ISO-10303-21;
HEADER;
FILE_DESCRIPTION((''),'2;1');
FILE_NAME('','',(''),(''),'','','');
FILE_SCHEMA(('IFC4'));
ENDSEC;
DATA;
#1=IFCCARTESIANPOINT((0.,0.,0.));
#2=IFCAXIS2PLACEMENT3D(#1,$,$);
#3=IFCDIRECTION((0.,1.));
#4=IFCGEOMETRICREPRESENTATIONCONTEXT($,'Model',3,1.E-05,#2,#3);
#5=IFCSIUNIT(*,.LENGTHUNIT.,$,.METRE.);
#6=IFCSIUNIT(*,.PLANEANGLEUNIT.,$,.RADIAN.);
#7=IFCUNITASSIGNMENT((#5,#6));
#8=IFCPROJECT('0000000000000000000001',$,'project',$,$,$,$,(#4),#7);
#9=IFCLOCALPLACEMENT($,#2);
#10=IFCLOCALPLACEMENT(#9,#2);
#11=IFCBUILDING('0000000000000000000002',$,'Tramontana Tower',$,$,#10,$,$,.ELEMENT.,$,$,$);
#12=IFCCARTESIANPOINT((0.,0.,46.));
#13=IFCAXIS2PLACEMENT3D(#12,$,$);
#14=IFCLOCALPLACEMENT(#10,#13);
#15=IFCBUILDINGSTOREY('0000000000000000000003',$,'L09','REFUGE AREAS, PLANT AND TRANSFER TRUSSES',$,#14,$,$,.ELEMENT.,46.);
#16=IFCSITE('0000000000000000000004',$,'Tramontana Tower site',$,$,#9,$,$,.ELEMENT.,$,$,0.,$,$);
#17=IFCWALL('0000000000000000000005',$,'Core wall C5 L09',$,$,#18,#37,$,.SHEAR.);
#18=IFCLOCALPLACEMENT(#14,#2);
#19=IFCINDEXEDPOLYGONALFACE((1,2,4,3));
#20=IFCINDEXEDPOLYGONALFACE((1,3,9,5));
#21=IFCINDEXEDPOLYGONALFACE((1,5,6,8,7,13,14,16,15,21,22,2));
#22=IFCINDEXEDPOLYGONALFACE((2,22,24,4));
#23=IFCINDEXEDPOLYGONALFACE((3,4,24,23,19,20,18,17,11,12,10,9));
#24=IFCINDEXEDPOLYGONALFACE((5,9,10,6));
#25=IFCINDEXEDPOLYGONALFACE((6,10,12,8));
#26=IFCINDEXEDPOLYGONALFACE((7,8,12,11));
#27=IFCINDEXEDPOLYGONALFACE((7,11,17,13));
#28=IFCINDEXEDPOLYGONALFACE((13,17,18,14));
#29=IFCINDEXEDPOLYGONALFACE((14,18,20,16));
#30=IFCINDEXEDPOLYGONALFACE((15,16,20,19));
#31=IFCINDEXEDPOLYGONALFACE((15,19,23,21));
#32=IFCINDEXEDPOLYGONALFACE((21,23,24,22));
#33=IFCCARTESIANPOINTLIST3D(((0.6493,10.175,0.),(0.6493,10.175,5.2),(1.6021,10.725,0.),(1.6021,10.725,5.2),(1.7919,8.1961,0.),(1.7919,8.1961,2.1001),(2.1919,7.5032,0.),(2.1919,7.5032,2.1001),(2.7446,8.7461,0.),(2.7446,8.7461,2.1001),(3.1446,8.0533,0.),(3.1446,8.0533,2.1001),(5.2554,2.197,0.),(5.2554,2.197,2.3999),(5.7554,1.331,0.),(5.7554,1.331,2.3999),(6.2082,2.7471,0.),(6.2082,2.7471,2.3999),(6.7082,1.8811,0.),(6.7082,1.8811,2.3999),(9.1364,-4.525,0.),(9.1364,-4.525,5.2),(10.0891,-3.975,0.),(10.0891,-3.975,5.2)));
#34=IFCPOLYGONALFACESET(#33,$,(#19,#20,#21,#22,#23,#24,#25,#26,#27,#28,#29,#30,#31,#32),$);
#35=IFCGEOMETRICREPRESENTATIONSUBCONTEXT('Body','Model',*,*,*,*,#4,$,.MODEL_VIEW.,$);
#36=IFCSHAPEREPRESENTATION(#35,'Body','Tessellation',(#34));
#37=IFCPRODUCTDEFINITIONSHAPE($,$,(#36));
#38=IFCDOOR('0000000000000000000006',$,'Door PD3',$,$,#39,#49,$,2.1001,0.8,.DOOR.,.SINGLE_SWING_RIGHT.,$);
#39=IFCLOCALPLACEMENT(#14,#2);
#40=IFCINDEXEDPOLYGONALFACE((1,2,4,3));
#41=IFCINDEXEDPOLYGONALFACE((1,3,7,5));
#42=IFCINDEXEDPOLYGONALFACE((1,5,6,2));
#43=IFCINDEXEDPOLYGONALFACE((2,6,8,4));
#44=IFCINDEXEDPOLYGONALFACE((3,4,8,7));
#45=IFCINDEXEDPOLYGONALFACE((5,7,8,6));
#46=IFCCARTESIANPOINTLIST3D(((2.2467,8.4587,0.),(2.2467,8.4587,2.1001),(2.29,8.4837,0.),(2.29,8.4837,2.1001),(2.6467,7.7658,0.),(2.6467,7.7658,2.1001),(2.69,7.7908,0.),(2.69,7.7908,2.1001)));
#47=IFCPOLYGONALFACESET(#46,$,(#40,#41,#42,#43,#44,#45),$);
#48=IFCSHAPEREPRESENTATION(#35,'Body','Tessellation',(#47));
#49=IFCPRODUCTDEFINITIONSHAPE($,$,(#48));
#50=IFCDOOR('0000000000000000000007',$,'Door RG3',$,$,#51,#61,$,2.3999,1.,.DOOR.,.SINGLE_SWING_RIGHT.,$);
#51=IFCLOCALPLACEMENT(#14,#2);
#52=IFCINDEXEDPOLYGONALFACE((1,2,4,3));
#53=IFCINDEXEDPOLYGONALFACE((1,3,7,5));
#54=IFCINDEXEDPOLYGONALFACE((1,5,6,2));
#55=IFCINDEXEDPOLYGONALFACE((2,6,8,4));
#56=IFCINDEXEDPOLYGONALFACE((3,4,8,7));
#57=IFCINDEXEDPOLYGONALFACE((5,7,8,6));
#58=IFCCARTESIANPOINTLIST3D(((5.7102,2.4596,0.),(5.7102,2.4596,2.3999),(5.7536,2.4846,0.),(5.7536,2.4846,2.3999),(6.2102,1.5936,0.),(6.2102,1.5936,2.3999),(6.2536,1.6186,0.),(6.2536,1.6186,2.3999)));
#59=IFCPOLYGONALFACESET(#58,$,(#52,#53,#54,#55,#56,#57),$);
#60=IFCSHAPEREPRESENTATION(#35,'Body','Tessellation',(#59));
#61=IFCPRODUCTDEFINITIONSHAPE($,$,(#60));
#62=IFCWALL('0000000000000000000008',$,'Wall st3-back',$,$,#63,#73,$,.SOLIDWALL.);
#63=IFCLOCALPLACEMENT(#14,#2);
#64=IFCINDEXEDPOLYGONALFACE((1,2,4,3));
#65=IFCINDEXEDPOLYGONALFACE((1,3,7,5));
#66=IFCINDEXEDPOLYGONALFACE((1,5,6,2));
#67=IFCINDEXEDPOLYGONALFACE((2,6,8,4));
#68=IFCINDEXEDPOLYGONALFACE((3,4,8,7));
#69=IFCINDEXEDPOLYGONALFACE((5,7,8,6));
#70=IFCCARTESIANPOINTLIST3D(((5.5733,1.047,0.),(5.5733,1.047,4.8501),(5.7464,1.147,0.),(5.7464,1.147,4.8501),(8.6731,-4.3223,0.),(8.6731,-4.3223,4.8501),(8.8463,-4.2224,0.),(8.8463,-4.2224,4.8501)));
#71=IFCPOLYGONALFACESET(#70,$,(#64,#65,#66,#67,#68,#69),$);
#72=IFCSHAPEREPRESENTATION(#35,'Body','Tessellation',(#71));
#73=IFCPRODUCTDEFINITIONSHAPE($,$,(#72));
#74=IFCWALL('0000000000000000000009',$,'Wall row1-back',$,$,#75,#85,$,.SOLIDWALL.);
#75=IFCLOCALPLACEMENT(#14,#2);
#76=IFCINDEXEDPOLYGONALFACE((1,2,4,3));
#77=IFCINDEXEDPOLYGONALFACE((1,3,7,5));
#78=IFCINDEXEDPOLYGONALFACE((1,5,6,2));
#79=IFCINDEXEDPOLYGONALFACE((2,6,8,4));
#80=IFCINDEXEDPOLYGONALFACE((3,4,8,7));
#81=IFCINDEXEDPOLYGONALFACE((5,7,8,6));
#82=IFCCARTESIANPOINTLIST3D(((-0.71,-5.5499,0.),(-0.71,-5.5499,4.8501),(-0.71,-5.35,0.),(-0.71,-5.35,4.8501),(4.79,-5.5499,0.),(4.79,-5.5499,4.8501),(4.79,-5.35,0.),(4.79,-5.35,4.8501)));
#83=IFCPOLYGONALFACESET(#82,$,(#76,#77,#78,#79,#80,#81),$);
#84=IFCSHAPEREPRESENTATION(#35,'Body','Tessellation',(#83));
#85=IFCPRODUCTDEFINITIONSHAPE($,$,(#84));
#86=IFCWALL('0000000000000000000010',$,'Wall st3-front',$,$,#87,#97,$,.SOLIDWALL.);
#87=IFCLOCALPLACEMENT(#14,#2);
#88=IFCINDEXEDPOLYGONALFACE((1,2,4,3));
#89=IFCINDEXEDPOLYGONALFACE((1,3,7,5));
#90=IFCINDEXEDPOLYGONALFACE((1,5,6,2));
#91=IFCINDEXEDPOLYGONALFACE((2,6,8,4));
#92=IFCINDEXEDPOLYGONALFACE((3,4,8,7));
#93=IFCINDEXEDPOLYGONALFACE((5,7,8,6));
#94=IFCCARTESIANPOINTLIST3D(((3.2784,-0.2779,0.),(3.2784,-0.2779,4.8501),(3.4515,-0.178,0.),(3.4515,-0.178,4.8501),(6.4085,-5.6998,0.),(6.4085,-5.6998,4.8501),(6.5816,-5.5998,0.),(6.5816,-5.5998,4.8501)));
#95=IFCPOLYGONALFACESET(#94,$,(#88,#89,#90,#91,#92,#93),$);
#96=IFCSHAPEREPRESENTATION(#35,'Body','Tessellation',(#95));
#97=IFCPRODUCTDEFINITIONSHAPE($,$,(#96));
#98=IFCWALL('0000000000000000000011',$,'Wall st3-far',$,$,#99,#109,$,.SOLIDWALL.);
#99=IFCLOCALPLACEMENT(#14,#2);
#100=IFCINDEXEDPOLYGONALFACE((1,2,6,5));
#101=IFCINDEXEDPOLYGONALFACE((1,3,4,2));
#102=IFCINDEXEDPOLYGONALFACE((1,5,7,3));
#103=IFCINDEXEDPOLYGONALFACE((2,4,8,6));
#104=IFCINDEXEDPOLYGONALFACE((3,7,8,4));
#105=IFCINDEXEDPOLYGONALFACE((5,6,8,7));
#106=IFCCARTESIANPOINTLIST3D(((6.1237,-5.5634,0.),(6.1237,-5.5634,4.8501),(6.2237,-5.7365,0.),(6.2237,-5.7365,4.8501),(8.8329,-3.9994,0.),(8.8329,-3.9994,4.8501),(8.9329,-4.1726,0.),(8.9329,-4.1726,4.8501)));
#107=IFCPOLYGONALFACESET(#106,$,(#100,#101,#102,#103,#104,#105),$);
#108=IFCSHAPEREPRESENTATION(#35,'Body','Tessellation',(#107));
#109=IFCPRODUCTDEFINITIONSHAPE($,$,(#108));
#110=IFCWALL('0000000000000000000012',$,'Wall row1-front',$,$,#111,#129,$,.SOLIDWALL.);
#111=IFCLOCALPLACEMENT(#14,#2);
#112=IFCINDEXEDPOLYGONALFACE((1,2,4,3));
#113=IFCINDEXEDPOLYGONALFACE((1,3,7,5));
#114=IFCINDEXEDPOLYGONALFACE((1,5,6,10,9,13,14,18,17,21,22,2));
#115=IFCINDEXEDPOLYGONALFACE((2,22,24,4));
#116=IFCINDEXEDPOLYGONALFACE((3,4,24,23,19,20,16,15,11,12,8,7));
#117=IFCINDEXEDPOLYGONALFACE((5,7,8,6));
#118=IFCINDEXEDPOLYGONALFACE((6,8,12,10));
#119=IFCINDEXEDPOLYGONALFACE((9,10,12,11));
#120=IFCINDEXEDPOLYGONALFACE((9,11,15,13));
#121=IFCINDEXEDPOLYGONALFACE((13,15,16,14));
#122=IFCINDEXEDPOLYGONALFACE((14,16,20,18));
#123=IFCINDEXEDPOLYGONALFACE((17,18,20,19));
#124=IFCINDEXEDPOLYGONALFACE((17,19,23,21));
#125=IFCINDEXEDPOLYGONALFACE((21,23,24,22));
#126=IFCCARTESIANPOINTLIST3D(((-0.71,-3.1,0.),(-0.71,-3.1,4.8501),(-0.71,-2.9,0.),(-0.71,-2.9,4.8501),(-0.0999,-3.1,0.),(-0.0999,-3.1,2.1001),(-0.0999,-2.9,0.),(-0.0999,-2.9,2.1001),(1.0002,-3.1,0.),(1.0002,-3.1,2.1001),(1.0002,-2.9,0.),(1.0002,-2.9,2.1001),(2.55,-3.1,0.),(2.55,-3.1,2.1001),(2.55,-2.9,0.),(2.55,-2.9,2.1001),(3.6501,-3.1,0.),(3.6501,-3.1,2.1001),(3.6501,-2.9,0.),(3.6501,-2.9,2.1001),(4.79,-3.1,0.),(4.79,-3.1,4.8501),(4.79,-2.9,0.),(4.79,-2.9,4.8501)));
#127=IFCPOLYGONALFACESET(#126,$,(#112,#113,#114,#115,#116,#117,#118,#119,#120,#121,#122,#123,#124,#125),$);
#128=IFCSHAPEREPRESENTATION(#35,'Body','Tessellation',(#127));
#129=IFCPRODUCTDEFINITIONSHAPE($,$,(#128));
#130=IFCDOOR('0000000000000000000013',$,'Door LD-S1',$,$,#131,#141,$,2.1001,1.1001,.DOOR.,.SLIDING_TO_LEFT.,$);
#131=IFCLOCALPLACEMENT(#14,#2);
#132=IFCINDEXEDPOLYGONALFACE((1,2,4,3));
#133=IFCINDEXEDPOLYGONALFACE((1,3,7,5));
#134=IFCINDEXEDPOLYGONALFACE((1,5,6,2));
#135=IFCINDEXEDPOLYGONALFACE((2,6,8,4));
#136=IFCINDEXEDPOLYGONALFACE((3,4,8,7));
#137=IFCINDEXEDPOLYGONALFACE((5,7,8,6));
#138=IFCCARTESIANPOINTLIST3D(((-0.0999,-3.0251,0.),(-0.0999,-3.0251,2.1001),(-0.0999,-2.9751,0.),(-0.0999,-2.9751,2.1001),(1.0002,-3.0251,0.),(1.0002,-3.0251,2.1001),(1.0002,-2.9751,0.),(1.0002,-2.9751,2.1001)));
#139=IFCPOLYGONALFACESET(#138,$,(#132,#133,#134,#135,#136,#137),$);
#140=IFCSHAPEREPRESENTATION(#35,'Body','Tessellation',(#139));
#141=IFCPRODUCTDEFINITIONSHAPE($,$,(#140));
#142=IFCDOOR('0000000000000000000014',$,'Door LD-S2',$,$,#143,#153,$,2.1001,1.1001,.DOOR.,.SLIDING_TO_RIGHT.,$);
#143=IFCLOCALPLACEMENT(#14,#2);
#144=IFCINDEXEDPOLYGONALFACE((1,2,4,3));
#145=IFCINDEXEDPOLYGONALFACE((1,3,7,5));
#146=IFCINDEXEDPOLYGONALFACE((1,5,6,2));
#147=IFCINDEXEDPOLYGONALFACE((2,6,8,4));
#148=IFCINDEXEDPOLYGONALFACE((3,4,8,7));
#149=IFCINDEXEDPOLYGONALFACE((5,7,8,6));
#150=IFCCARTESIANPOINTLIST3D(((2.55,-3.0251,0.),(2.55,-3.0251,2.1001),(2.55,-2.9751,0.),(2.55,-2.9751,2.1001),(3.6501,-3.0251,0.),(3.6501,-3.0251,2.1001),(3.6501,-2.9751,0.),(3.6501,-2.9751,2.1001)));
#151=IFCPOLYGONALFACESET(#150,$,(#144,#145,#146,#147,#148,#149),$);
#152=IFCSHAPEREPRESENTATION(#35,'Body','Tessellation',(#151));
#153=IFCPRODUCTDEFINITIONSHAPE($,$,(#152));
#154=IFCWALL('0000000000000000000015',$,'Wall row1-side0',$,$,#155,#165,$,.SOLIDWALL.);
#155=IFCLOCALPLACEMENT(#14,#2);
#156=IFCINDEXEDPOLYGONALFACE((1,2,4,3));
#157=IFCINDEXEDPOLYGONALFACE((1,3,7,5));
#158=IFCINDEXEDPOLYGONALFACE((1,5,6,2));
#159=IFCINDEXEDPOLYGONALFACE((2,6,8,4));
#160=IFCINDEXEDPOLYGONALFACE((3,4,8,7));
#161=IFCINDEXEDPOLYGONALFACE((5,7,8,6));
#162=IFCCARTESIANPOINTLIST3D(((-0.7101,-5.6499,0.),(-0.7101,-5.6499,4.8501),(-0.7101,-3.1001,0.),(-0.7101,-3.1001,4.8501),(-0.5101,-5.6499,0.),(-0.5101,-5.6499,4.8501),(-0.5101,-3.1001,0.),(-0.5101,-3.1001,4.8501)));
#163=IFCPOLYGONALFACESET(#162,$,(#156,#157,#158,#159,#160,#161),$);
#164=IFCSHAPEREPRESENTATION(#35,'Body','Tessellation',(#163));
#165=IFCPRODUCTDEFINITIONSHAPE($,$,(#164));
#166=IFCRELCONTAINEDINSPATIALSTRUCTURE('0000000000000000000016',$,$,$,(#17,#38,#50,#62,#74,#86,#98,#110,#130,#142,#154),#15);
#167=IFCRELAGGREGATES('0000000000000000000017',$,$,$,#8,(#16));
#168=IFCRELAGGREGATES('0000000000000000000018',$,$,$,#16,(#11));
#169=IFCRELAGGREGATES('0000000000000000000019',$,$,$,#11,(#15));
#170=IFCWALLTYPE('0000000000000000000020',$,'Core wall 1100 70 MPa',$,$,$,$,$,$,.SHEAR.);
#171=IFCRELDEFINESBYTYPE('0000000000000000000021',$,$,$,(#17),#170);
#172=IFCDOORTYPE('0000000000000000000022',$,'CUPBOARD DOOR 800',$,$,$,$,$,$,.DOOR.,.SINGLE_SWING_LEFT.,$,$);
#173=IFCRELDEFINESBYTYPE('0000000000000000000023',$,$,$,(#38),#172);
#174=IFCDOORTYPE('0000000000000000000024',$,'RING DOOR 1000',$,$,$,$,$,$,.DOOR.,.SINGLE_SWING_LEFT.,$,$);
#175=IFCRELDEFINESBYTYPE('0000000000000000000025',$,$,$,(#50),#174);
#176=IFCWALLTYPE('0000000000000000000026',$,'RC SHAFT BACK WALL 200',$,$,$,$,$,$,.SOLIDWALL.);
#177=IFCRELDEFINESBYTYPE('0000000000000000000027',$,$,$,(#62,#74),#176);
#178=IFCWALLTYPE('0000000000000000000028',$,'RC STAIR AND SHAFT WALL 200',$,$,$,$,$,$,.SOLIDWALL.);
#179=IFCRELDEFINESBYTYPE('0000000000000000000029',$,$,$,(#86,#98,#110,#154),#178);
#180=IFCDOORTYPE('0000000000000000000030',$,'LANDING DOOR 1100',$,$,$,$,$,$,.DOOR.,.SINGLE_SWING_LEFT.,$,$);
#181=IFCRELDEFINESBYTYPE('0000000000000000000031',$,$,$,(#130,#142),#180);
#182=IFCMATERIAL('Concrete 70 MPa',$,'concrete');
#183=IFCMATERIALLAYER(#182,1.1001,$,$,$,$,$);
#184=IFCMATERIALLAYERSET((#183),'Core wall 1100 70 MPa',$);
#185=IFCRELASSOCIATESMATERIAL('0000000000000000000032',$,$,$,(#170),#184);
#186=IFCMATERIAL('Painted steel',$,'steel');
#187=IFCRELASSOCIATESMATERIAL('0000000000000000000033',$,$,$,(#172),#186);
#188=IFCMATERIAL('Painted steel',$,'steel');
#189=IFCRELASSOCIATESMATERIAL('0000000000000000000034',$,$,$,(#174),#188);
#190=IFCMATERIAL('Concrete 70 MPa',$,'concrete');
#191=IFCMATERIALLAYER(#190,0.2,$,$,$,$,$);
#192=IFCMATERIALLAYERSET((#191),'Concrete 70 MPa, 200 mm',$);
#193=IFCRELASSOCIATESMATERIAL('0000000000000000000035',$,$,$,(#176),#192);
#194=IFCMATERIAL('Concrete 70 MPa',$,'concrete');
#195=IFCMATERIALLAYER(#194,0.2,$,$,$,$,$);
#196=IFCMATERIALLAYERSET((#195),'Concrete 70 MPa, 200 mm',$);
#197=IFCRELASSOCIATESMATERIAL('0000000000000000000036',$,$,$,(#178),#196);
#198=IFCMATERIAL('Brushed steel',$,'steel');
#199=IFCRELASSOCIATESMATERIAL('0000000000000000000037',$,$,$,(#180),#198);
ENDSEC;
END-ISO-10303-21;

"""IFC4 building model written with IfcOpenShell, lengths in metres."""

from ifc_helpers import new_model, si_unit, direction, frame, frame_2d, origin, place, context, subcontext, project, spatial, rectangle, extrude, material, layer, layer_set, type_object, element, fill, save


model = new_model("IFC4")

# Units and contexts
model_context = context("Model", 3, precision=1e-05, world=origin(), true_north=direction((0.0, 1.0)))
body_context = subcontext(model_context, "Body", "Model", "MODEL_VIEW")
ifc_project = project(units=[si_unit("LENGTHUNIT", "METRE"), si_unit("PLANEANGLEUNIT", "RADIAN")], contexts=[model_context])

# Site, building, storey
site_placement = place(None, origin())
site = spatial("IfcSite", under=ifc_project, at=site_placement, Name="Tramontana Tower site", CompositionType="ELEMENT", RefElevation=0.0)
building_placement = place(site_placement, origin())
building = spatial("IfcBuilding", under=site, at=building_placement, Name="Tramontana Tower", CompositionType="ELEMENT")
storey_placement = place(building_placement, frame((0.0, 0.0, 46.0)))
storey = spatial("IfcBuildingStorey", under=building, at=storey_placement, Name="L09", Description="REFUGE AREAS, PLANT AND TRANSFER TRUSSES", CompositionType="ELEMENT", Elevation=46.0)

# Wall, openings, doors
ifc_material_1 = material(Name="Concrete 70 MPa", Category="concrete")
ifc_layer_1 = layer(ifc_material_1, 1.1001)
ifc_layer_set_1 = layer_set([ifc_layer_1], Name="Core wall 1100 70 MPa")
wall_type_1 = type_object("IfcWallType", Name="Core wall 1100 70 MPa", PredefinedType="SHEAR", material=ifc_layer_set_1)
wall_1_placement = place(storey_placement, frame((9.6128, -4.25, 0.0), z_axis=(0.0, 0.0, 1.0), x_axis=(-0.500002, 0.866024, 0.0)))
wall_1 = element("IfcWall", 1, at=wall_1_placement, inside=storey, type_object=wall_type_1, Name="Core wall C5 L09", PredefinedType="SHEAR", context=body_context, shape_type="SweptSolid", body=[
    extrude(rectangle(XDim=16.9741, YDim=1.1001, at=frame_2d((8.4871, 0.0))), origin(), (0.0, 0.0, 1.0), 5.2),
])
opening_1_placement = place(wall_1_placement, frame((6.762, 0.0, 0.0)))
opening_1 = element("IfcOpeningElement", 2, at=opening_1_placement, cuts=wall_1, PredefinedType="OPENING", context=body_context, shape_type="SweptSolid", body=[
    extrude(rectangle(XDim=1.0, YDim=2.3999, at=frame_2d((0.5, 1.2))), frame((0.0, 0.5601, 0.0), z_axis=(0.0, -1.0, 0.0), x_axis=(1.0, 0.0, 0.0)), (0.0, 0.0, 1.0), 1.1201),
])
opening_2_placement = place(wall_1_placement, frame((13.8892, 0.0, 0.0)))
opening_2 = element("IfcOpeningElement", 3, at=opening_2_placement, cuts=wall_1, PredefinedType="OPENING", context=body_context, shape_type="SweptSolid", body=[
    extrude(rectangle(XDim=0.8, YDim=2.1001, at=frame_2d((0.3999, 1.05))), frame((0.0, 0.5601, 0.0), z_axis=(0.0, -1.0, 0.0), x_axis=(1.0, 0.0, 0.0)), (0.0, 0.0, 1.0), 1.1201),
])
ifc_material_2 = material(Name="Painted steel", Category="steel")
door_type_1 = type_object("IfcDoorType", Name="CUPBOARD DOOR 800", OperationType="SINGLE_SWING_LEFT", PredefinedType="DOOR", material=ifc_material_2)
door_1_placement = place(opening_2_placement, origin())
door_1 = element("IfcDoor", 4, at=door_1_placement, inside=storey, type_object=door_type_1, Name="Door PD3", OperationType="SINGLE_SWING_RIGHT", OverallHeight=2.1001, OverallWidth=0.8, PredefinedType="DOOR", context=body_context, shape_type="SweptSolid", body=[
    extrude(rectangle(XDim=0.8, YDim=2.1001, at=frame_2d((0.3999, 1.05))), frame((0.0, 0.0249, 0.0), z_axis=(0.0, -1.0, 0.0), x_axis=(1.0, 0.0, 0.0)), (0.0, 0.0, 1.0), 0.05),
])
fill(opening_2, door_1)
ifc_material_3 = material(Name="Painted steel", Category="steel")
door_type_2 = type_object("IfcDoorType", Name="RING DOOR 1000", OperationType="SINGLE_SWING_LEFT", PredefinedType="DOOR", material=ifc_material_3)
door_2_placement = place(opening_1_placement, origin())
door_2 = element("IfcDoor", 5, at=door_2_placement, inside=storey, type_object=door_type_2, Name="Door RG3", OperationType="SINGLE_SWING_RIGHT", OverallHeight=2.3999, OverallWidth=1.0, PredefinedType="DOOR", context=body_context, shape_type="SweptSolid", body=[
    extrude(rectangle(XDim=1.0, YDim=2.3999, at=frame_2d((0.5, 1.2))), frame((0.0, 0.0249, 0.0), z_axis=(0.0, -1.0, 0.0), x_axis=(1.0, 0.0, 0.0)), (0.0, 0.0, 1.0), 0.05),
])
fill(opening_1, door_2)

# Walls
ifc_material_4 = material(Name="Concrete 70 MPa", Category="concrete")
ifc_layer_2 = layer(ifc_material_4, 0.2)
ifc_layer_set_2 = layer_set([ifc_layer_2], Name="Concrete 70 MPa, 200 mm")
wall_type_2 = type_object("IfcWallType", Name="RC SHAFT BACK WALL 200", PredefinedType="SOLIDWALL", material=ifc_layer_set_2)
wall_2_placement = place(storey_placement, frame((8.7598, -4.2725, 0.0), z_axis=(0.0, 0.0, 1.0), x_axis=(-0.49998, 0.866037, 0.0)))
element("IfcWall", 6, at=wall_2_placement, inside=storey, type_object=wall_type_2, Name="Wall st3-back", PredefinedType="SOLIDWALL", context=body_context, shape_type="SweptSolid", body=[
    extrude(rectangle(XDim=6.2, YDim=0.2, at=frame_2d((3.1001, 0.0))), origin(), (0.0, 0.0, 1.0), 4.8501),
])
wall_3_placement = place(storey_placement, frame((-0.71, -5.45, 0.0), z_axis=(0.0, 0.0, 1.0), x_axis=(1.0, 0.0, 0.0)))
element("IfcWall", 7, at=wall_3_placement, inside=storey, type_object=wall_type_2, Name="Wall row1-back", PredefinedType="SOLIDWALL", context=body_context, shape_type="SweptSolid", body=[
    extrude(rectangle(XDim=5.5, YDim=0.2, at=frame_2d((2.75, 0.0))), origin(), (0.0, 0.0, 1.0), 4.8501),
])
ifc_material_5 = material(Name="Concrete 70 MPa", Category="concrete")
ifc_layer_3 = layer(ifc_material_5, 0.2)
ifc_layer_set_3 = layer_set([ifc_layer_3], Name="Concrete 70 MPa, 200 mm")
wall_type_3 = type_object("IfcWallType", Name="RC STAIR AND SHAFT WALL 200", PredefinedType="SOLIDWALL", material=ifc_layer_set_3)
wall_4_placement = place(storey_placement, frame((6.4951, -5.6499, 0.0), z_axis=(0.0, 0.0, 1.0), x_axis=(-0.499977, 0.866039, 0.0)))
element("IfcWall", 8, at=wall_4_placement, inside=storey, type_object=wall_type_3, Name="Wall st3-front", PredefinedType="SOLIDWALL", context=body_context, shape_type="SweptSolid", body=[
    extrude(rectangle(XDim=6.2605, YDim=0.2, at=frame_2d((3.1304, 0.0))), origin(), (0.0, 0.0, 1.0), 4.8501),
])
wall_5_placement = place(storey_placement, frame((6.1738, -5.6499, 0.0), z_axis=(0.0, 0.0, 1.0), x_axis=(0.866054, 0.49995, 0.0)))
element("IfcWall", 9, at=wall_5_placement, inside=storey, type_object=wall_type_3, Name="Wall st3-far", PredefinedType="SOLIDWALL", context=body_context, shape_type="SweptSolid", body=[
    extrude(rectangle(XDim=3.1282, YDim=0.2, at=frame_2d((1.564, 0.0))), origin(), (0.0, 0.0, 1.0), 4.8501),
])

# Wall, openings, doors
wall_6_placement = place(storey_placement, frame((-0.71, -3.0, 0.0), z_axis=(0.0, 0.0, 1.0), x_axis=(1.0, 0.0, 0.0)))
wall_6 = element("IfcWall", 10, at=wall_6_placement, inside=storey, type_object=wall_type_3, Name="Wall row1-front", PredefinedType="SOLIDWALL", context=body_context, shape_type="SweptSolid", body=[
    extrude(rectangle(XDim=5.5, YDim=0.2, at=frame_2d((2.75, 0.0))), origin(), (0.0, 0.0, 1.0), 4.8501),
])
opening_3_placement = place(wall_6_placement, frame((0.6101, 0.0, 0.0)))
opening_3 = element("IfcOpeningElement", 11, at=opening_3_placement, cuts=wall_6, PredefinedType="OPENING", context=body_context, shape_type="SweptSolid", body=[
    extrude(rectangle(XDim=1.1001, YDim=2.1001, at=frame_2d((0.55, 1.05))), frame((0.0, 0.1099, 0.0), z_axis=(0.0, -1.0, 0.0), x_axis=(1.0, 0.0, 0.0)), (0.0, 0.0, 1.0), 0.22),
])
opening_4_placement = place(wall_6_placement, frame((3.26, 0.0, 0.0)))
opening_4 = element("IfcOpeningElement", 12, at=opening_4_placement, cuts=wall_6, PredefinedType="OPENING", context=body_context, shape_type="SweptSolid", body=[
    extrude(rectangle(XDim=1.1001, YDim=2.1001, at=frame_2d((0.55, 1.05))), frame((0.0, 0.1099, 0.0), z_axis=(0.0, -1.0, 0.0), x_axis=(1.0, 0.0, 0.0)), (0.0, 0.0, 1.0), 0.22),
])
ifc_material_6 = material(Name="Brushed steel", Category="steel")
door_type_3 = type_object("IfcDoorType", Name="LANDING DOOR 1100", OperationType="SINGLE_SWING_LEFT", PredefinedType="DOOR", material=ifc_material_6)
door_3_placement = place(opening_3_placement, origin())
door_3 = element("IfcDoor", 13, at=door_3_placement, inside=storey, type_object=door_type_3, Name="Door LD-S1", OperationType="SLIDING_TO_LEFT", OverallHeight=2.1001, OverallWidth=1.1001, PredefinedType="DOOR", context=body_context, shape_type="SweptSolid", body=[
    extrude(rectangle(XDim=1.1001, YDim=2.1001, at=frame_2d((0.55, 1.05))), frame((0.0, 0.0249, 0.0), z_axis=(0.0, -1.0, 0.0), x_axis=(1.0, 0.0, 0.0)), (0.0, 0.0, 1.0), 0.05),
])
fill(opening_3, door_3)
door_4_placement = place(opening_4_placement, origin())
door_4 = element("IfcDoor", 14, at=door_4_placement, inside=storey, type_object=door_type_3, Name="Door LD-S2", OperationType="SLIDING_TO_RIGHT", OverallHeight=2.1001, OverallWidth=1.1001, PredefinedType="DOOR", context=body_context, shape_type="SweptSolid", body=[
    extrude(rectangle(XDim=1.1001, YDim=2.1001, at=frame_2d((0.55, 1.05))), frame((0.0, 0.0249, 0.0), z_axis=(0.0, -1.0, 0.0), x_axis=(1.0, 0.0, 0.0)), (0.0, 0.0, 1.0), 0.05),
])
fill(opening_4, door_4)

# Wall
for number, where, z_axis, x_axis, name in (
    (15, (-0.6101, -3.1001, 0.0), (0.0, 0.0, 1.0), (0.0, -1.0, 0.0), "Wall row1-side0"),
):
    element("IfcWall", number, at=place(storey_placement, frame(where, z_axis=z_axis, x_axis=x_axis)), inside=storey, type_object=wall_type_3, Name=name, PredefinedType="SOLIDWALL", context=body_context, shape_type="SweptSolid", body=[
        extrude(rectangle(XDim=2.5498, YDim=0.2, at=frame_2d((1.2749, 0.0))), origin(), (0.0, 0.0, 1.0), 4.8501),
    ])

save(model, "model.ifc")
